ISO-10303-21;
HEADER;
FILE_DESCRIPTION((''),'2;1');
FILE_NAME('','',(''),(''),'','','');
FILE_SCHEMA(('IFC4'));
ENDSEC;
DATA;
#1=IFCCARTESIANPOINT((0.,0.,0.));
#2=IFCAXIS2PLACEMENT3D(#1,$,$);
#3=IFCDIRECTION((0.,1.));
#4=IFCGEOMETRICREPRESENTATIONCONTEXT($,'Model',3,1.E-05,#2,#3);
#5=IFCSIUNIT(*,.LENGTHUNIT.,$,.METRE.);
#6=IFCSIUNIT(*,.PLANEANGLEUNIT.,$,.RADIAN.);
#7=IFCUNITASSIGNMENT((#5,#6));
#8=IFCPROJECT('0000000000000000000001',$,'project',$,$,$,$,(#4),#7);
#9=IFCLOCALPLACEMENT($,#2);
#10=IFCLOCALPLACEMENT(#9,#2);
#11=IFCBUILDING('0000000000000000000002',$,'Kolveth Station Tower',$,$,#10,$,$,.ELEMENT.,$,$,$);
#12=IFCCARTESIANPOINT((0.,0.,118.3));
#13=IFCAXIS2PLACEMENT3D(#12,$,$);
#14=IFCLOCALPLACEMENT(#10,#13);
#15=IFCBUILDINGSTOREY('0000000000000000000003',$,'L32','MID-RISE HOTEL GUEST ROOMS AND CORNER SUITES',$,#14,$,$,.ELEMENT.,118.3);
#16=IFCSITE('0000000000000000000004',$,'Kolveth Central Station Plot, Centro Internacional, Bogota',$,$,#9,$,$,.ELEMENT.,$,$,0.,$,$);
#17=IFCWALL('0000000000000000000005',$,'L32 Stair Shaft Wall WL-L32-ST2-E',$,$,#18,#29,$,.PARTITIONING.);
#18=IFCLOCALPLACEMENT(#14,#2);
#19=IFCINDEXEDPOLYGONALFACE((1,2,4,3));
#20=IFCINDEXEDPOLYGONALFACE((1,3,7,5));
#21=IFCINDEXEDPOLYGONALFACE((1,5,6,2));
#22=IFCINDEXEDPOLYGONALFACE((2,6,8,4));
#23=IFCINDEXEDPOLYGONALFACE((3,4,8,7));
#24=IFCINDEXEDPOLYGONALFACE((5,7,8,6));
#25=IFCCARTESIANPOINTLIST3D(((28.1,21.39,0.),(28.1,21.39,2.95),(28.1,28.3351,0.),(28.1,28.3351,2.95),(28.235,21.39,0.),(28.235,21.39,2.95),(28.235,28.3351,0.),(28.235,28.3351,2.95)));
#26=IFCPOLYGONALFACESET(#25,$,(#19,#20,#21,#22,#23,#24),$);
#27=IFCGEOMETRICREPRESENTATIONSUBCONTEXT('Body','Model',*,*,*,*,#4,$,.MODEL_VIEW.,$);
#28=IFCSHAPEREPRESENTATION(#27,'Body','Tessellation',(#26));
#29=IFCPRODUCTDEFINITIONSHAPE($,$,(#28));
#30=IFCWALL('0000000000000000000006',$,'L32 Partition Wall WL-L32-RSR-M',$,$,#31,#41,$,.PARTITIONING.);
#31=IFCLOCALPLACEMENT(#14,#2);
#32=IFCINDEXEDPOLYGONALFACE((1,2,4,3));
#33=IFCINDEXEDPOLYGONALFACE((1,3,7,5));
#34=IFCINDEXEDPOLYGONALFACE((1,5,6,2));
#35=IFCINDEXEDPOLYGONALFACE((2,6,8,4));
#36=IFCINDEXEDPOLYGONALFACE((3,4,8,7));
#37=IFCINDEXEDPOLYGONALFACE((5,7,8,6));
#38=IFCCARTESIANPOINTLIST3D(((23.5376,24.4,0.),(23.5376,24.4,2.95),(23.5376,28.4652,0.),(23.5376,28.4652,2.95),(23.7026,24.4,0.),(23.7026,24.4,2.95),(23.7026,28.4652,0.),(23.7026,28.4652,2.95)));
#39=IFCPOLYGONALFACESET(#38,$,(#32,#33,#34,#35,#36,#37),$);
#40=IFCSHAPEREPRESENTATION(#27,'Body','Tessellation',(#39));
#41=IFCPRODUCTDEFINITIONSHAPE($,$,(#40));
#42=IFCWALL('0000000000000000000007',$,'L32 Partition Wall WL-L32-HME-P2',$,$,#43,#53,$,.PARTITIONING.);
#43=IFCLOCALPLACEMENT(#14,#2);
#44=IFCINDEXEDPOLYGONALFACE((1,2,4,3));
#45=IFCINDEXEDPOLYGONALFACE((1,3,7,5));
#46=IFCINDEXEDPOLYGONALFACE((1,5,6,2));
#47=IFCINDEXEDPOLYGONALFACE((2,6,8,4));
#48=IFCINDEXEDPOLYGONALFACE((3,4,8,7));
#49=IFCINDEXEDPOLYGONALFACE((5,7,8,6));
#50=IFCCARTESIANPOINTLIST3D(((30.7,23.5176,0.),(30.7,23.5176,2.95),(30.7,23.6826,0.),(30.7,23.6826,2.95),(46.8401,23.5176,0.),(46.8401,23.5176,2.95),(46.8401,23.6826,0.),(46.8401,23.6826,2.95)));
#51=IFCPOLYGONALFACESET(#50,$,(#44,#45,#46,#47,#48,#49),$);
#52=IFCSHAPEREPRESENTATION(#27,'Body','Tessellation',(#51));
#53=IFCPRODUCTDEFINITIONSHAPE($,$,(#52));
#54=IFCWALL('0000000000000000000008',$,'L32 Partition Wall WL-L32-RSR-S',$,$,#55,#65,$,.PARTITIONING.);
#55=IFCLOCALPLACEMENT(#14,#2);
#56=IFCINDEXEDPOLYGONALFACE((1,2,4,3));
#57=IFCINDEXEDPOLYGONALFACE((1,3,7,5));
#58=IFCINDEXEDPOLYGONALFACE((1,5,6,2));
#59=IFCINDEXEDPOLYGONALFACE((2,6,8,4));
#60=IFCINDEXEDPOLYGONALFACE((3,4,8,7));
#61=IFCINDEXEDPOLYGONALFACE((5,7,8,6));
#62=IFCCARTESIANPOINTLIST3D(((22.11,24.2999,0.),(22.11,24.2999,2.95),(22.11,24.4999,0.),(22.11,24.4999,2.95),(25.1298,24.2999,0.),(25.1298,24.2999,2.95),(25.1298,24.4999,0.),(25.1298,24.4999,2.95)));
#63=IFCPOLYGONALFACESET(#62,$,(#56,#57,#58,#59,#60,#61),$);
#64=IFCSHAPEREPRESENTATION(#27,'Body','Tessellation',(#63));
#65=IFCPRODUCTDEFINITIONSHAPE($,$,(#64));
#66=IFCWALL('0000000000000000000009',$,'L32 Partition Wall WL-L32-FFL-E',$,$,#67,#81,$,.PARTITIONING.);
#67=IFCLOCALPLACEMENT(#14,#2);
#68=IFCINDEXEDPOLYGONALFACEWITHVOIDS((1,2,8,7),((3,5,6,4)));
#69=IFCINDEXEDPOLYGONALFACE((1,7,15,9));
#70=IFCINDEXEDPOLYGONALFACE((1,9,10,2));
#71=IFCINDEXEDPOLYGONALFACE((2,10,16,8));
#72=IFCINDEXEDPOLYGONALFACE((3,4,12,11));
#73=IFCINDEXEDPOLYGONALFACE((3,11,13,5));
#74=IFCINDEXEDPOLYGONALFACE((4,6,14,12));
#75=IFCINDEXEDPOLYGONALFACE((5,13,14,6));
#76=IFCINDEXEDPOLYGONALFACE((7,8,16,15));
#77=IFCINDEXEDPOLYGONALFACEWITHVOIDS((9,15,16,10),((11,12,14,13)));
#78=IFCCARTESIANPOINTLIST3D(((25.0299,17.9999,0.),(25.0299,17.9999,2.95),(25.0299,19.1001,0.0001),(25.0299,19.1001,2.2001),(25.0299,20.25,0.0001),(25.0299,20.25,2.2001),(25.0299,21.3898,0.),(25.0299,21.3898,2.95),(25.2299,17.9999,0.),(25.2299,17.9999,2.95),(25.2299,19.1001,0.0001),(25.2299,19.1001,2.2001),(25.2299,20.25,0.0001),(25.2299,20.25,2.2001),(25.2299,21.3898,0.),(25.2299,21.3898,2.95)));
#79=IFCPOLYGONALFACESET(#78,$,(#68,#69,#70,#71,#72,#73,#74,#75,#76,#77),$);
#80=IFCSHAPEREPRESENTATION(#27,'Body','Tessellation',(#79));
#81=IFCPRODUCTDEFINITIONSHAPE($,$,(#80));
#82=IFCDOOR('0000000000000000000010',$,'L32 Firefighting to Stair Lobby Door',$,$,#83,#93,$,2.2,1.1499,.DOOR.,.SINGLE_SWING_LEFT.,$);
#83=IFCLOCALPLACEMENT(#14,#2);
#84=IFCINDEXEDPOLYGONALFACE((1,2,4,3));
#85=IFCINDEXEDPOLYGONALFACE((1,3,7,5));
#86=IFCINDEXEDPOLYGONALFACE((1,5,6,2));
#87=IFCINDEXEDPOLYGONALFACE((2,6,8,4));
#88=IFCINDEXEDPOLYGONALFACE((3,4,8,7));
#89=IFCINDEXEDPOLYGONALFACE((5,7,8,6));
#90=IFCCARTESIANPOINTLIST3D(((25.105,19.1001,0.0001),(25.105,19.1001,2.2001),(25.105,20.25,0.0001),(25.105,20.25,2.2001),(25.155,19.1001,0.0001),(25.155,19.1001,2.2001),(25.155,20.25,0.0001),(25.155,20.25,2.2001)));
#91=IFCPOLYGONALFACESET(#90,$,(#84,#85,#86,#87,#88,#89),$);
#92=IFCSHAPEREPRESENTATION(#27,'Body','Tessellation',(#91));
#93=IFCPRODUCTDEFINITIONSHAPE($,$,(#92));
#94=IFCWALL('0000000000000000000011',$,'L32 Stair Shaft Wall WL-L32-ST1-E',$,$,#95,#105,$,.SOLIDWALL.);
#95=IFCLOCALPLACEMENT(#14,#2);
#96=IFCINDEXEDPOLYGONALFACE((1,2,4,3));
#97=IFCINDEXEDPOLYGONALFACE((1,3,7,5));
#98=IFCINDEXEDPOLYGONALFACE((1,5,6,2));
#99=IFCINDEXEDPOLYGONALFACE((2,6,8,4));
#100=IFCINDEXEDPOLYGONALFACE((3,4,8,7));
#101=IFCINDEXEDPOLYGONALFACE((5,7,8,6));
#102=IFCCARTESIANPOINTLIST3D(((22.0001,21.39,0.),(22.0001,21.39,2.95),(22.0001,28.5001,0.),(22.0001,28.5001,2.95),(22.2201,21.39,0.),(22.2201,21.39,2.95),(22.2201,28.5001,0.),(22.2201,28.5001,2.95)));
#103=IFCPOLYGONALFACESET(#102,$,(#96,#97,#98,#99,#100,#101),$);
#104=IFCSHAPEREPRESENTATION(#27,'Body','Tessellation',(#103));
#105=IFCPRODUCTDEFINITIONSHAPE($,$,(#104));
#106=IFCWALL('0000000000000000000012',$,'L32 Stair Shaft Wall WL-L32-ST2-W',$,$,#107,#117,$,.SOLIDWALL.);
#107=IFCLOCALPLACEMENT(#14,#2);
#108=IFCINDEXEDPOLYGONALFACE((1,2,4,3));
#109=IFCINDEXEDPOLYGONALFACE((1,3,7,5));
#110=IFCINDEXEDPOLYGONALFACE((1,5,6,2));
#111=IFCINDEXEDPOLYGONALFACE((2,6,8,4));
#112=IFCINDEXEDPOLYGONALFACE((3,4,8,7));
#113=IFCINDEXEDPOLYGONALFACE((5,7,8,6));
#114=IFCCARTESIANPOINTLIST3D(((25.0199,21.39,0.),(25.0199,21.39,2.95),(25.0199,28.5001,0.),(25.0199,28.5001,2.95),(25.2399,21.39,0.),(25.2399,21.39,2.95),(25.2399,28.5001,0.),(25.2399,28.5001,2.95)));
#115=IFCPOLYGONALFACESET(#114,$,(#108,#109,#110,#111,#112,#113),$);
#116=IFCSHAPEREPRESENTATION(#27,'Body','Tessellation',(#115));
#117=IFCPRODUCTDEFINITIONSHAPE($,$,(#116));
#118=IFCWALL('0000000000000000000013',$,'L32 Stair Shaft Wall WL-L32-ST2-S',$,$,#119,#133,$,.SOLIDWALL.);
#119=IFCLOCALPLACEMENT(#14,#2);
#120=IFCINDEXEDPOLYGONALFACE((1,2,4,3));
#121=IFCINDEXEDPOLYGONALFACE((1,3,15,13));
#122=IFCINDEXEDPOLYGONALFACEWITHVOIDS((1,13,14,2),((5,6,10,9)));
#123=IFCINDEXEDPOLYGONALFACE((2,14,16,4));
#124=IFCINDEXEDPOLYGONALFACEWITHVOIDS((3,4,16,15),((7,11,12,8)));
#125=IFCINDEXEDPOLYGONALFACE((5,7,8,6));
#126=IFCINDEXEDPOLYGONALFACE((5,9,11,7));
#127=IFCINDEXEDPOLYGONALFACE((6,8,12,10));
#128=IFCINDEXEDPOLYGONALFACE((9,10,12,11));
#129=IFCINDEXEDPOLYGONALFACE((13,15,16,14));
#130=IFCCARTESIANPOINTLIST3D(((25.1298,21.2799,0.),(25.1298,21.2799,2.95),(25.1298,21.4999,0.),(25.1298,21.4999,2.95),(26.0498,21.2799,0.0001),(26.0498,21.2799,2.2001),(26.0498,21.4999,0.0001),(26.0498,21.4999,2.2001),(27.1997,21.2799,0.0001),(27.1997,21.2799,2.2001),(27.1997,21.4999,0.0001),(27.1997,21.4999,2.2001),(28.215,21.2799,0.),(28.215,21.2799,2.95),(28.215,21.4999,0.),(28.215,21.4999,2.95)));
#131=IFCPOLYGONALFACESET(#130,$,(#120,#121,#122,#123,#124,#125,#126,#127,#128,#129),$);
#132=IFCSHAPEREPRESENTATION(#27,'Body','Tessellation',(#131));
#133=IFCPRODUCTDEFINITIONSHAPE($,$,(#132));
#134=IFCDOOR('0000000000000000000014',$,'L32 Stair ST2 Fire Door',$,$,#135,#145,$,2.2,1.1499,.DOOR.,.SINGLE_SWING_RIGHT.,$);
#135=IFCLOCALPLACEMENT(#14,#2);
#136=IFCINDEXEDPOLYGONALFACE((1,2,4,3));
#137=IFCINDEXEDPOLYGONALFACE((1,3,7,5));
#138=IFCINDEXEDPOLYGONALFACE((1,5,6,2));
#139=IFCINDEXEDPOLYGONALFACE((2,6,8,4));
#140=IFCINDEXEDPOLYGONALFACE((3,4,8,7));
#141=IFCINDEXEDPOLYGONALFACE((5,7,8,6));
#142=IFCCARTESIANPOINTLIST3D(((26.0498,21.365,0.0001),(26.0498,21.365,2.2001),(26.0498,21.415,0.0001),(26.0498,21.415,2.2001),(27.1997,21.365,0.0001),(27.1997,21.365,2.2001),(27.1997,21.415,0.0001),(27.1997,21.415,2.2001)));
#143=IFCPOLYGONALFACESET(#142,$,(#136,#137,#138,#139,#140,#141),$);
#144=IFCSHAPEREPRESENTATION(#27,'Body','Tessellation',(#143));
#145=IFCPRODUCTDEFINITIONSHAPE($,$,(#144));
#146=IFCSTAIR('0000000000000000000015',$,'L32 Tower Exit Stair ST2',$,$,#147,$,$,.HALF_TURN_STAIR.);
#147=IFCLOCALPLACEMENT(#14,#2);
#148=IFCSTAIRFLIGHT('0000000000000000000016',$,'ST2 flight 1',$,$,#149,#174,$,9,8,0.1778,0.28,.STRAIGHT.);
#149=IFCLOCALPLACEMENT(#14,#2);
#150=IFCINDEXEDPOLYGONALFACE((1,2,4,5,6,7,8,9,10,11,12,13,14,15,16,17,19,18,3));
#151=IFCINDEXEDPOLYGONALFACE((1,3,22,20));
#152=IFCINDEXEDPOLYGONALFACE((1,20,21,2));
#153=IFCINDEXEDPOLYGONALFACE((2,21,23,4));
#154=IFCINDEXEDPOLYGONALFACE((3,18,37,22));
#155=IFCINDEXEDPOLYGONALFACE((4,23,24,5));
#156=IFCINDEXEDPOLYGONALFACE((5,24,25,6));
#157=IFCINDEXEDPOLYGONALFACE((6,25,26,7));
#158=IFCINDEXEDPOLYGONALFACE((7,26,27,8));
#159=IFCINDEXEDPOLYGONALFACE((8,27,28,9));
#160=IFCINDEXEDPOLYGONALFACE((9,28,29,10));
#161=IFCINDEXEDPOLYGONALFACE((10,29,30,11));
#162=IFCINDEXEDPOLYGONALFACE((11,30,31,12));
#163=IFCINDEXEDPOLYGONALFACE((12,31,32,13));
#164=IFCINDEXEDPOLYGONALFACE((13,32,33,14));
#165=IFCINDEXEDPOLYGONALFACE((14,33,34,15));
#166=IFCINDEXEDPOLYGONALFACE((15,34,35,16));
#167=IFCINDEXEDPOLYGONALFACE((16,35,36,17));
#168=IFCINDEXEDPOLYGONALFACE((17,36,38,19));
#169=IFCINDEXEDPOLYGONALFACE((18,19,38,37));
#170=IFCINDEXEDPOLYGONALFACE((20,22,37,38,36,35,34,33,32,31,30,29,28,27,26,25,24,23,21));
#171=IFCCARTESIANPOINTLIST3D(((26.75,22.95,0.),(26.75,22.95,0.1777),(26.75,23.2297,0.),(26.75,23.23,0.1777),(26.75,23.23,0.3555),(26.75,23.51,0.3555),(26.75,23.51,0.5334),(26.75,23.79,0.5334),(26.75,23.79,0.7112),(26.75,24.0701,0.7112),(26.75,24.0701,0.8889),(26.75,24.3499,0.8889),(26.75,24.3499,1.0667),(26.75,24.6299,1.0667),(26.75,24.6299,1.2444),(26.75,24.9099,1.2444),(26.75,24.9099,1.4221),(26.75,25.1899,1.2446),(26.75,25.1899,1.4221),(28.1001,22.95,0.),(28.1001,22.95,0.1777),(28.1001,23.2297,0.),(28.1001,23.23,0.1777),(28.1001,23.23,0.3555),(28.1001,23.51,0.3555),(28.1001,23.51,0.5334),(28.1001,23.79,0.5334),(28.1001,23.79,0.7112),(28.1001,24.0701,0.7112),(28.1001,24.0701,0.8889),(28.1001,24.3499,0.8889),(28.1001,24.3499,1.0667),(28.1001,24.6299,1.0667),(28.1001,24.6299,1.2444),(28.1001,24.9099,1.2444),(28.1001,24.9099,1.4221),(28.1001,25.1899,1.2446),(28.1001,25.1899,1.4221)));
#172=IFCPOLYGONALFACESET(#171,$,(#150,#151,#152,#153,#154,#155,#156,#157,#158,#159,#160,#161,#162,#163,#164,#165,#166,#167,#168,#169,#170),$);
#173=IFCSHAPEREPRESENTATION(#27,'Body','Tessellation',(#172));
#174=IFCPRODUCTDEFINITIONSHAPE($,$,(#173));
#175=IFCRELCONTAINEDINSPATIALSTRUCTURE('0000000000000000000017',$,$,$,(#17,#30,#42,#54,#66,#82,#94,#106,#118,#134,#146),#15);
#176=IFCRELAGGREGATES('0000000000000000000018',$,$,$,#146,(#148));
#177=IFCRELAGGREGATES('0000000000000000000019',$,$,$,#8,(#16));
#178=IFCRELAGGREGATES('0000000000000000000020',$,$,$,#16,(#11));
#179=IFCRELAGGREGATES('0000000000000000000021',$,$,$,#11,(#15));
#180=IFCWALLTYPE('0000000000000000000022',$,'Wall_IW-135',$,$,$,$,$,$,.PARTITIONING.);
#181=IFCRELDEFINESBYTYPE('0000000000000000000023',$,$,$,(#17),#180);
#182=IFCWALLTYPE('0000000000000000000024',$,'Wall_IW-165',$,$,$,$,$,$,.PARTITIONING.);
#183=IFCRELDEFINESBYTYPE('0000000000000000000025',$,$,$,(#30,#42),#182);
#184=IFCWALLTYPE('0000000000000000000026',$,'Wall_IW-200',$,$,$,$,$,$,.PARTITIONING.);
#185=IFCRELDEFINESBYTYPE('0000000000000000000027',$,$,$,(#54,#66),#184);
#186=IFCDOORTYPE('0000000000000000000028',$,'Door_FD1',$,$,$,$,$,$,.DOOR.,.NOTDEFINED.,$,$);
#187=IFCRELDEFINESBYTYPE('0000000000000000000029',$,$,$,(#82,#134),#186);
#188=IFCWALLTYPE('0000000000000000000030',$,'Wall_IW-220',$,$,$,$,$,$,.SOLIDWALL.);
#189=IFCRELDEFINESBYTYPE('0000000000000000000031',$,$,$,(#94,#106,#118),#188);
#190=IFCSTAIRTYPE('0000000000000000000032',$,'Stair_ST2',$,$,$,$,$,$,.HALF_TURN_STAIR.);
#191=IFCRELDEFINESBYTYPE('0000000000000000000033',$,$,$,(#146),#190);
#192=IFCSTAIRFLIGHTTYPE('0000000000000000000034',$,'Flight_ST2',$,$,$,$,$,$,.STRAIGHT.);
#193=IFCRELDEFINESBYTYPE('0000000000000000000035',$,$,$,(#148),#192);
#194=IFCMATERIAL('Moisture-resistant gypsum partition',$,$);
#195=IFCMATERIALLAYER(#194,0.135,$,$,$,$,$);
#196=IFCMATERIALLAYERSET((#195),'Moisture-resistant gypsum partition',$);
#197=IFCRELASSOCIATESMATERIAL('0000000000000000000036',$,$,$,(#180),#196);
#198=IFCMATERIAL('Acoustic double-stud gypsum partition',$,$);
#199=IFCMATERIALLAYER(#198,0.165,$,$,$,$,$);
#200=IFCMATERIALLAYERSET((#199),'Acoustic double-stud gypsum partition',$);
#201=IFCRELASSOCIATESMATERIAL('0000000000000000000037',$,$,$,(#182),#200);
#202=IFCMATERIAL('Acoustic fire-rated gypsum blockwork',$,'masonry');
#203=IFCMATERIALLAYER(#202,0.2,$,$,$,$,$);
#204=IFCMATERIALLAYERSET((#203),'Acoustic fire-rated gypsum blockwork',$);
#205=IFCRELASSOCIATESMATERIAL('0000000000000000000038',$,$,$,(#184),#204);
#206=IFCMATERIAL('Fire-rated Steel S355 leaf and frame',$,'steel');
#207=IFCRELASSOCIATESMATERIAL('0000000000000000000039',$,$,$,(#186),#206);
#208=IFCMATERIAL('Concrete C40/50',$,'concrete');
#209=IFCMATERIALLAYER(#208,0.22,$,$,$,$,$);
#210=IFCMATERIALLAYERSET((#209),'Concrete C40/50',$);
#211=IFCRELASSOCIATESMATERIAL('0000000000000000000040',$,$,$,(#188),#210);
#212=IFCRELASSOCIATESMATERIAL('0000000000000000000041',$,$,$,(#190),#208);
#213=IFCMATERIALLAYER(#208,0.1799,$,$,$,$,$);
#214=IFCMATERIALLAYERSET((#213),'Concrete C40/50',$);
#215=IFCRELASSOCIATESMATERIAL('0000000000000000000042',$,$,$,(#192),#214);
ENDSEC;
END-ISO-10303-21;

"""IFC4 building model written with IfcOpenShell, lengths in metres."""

from ifc_helpers import new_model, si_unit, direction, frame, frame_2d, origin, place, context, subcontext, project, spatial, polyline, rectangle, outline, extrude, material, layer, layer_set, type_object, element, fill, aggregate, save


model = new_model("IFC4")

# Units and contexts
model_context = context("Model", 3, precision=1e-05, world=origin(), true_north=direction((0.0, 1.0)))
body_context = subcontext(model_context, "Body", "Model", "MODEL_VIEW")
ifc_project = project(units=[si_unit("LENGTHUNIT", "METRE"), si_unit("PLANEANGLEUNIT", "RADIAN")], contexts=[model_context])

# Site, building, storey
site_placement = place(None, origin())
site = spatial("IfcSite", under=ifc_project, at=site_placement, Name="Kolveth Central Station Plot, Centro Internacional, Bogota", CompositionType="ELEMENT", RefElevation=0.0)
building_placement = place(site_placement, origin())
building = spatial("IfcBuilding", under=site, at=building_placement, Name="Kolveth Station Tower", CompositionType="ELEMENT")
storey_placement = place(building_placement, frame((0.0, 0.0, 118.3)))
storey = spatial("IfcBuildingStorey", under=building, at=storey_placement, Name="L32", Description="MID-RISE HOTEL GUEST ROOMS AND CORNER SUITES", CompositionType="ELEMENT", Elevation=118.3)

# Walls
ifc_material_1 = material(Name="Moisture-resistant gypsum partition")
ifc_layer_1 = layer(ifc_material_1, 0.135)
ifc_layer_set_1 = layer_set([ifc_layer_1], Name="Moisture-resistant gypsum partition")
wall_type_1 = type_object("IfcWallType", Name="Wall_IW-135", PredefinedType="PARTITIONING", material=ifc_layer_set_1)
wall_1_placement = place(storey_placement, frame((28.1675, 21.3899, 0.0), z_axis=(0.0, 0.0, 1.0), x_axis=(0.0, 1.0, 0.0)))
element("IfcWall", 1, at=wall_1_placement, inside=storey, type_object=wall_type_1, Name="L32 Stair Shaft Wall WL-L32-ST2-E", PredefinedType="PARTITIONING", context=body_context, shape_type="SweptSolid", body=[
    extrude(rectangle(XDim=6.9451, YDim=0.135, at=frame_2d((3.4727, 0.0))), origin(), (0.0, 0.0, 1.0), 2.95),
])
ifc_material_2 = material(Name="Acoustic double-stud gypsum partition")
ifc_layer_2 = layer(ifc_material_2, 0.165)
ifc_layer_set_2 = layer_set([ifc_layer_2], Name="Acoustic double-stud gypsum partition")
wall_type_2 = type_object("IfcWallType", Name="Wall_IW-165", PredefinedType="PARTITIONING", material=ifc_layer_set_2)
wall_2_placement = place(storey_placement, frame((23.6201, 24.3999, 0.0), z_axis=(0.0, 0.0, 1.0), x_axis=(0.0, 1.0, 0.0)))
element("IfcWall", 2, at=wall_2_placement, inside=storey, type_object=wall_type_2, Name="L32 Partition Wall WL-L32-RSR-M", PredefinedType="PARTITIONING", context=body_context, shape_type="SweptSolid", body=[
    extrude(rectangle(XDim=4.0652, YDim=0.165, at=frame_2d((2.0327, 0.0))), origin(), (0.0, 0.0, 1.0), 2.95),
])
wall_3_placement = place(storey_placement, frame((30.7, 23.6001, 0.0), z_axis=(0.0, 0.0, 1.0), x_axis=(1.0, 0.0, 0.0)))
element("IfcWall", 3, at=wall_3_placement, inside=storey, type_object=wall_type_2, Name="L32 Partition Wall WL-L32-HME-P2", PredefinedType="PARTITIONING", context=body_context, shape_type="SweptSolid", body=[
    extrude(rectangle(XDim=16.1401, YDim=0.165, at=frame_2d((8.0701, 0.0))), origin(), (0.0, 0.0, 1.0), 2.95),
])
ifc_material_3 = material(Name="Acoustic fire-rated gypsum blockwork", Category="masonry")
ifc_layer_3 = layer(ifc_material_3, 0.2)
ifc_layer_set_3 = layer_set([ifc_layer_3], Name="Acoustic fire-rated gypsum blockwork")
wall_type_3 = type_object("IfcWallType", Name="Wall_IW-200", PredefinedType="PARTITIONING", material=ifc_layer_set_3)
wall_4_placement = place(storey_placement, frame((22.1101, 24.3999, 0.0), z_axis=(0.0, 0.0, 1.0), x_axis=(1.0, 0.0, 0.0)))
element("IfcWall", 4, at=wall_4_placement, inside=storey, type_object=wall_type_3, Name="L32 Partition Wall WL-L32-RSR-S", PredefinedType="PARTITIONING", context=body_context, shape_type="SweptSolid", body=[
    extrude(rectangle(XDim=3.0198, YDim=0.2, at=frame_2d((1.5098, 0.0))), origin(), (0.0, 0.0, 1.0), 2.95),
])

# Wall, opening, door
wall_5_placement = place(storey_placement, frame((25.1299, 18.0, 0.0), z_axis=(0.0, 0.0, 1.0), x_axis=(0.0, 1.0, 0.0)))
wall_5 = element("IfcWall", 5, at=wall_5_placement, inside=storey, type_object=wall_type_3, Name="L32 Partition Wall WL-L32-FFL-E", PredefinedType="PARTITIONING", context=body_context, shape_type="SweptSolid", body=[
    extrude(rectangle(XDim=3.3899, YDim=0.2, at=frame_2d((1.6948, 0.0))), origin(), (0.0, 0.0, 1.0), 2.95),
])
opening_1_placement = place(wall_5_placement, frame((1.1001, 0.0, 0.0)))
opening_1 = element("IfcOpeningElement", 6, at=opening_1_placement, cuts=wall_5, PredefinedType="OPENING", context=body_context, shape_type="SweptSolid", body=[
    extrude(rectangle(XDim=1.1499, YDim=2.2, at=frame_2d((0.575, 1.1001))), frame((0.0, 0.1099, 0.0), z_axis=(0.0, -1.0, 0.0), x_axis=(1.0, 0.0, 0.0)), (0.0, 0.0, 1.0), 0.22),
])
ifc_material_4 = material(Name="Fire-rated Steel S355 leaf and frame", Category="steel")
door_type = type_object("IfcDoorType", Name="Door_FD1", OperationType="NOTDEFINED", PredefinedType="DOOR", material=ifc_material_4)
door_1_placement = place(opening_1_placement, origin())
door_1 = element("IfcDoor", 7, at=door_1_placement, inside=storey, type_object=door_type, Name="L32 Firefighting to Stair Lobby Door", OperationType="SINGLE_SWING_LEFT", OverallHeight=2.2, OverallWidth=1.1499, PredefinedType="DOOR", context=body_context, shape_type="SweptSolid", body=[
    extrude(rectangle(XDim=1.1499, YDim=2.2, at=frame_2d((0.575, 1.1001))), frame((0.0, 0.0249, 0.0), z_axis=(0.0, -1.0, 0.0), x_axis=(1.0, 0.0, 0.0)), (0.0, 0.0, 1.0), 0.05),
])
fill(opening_1, door_1)

# Walls
ifc_material_5 = material(Name="Concrete C40/50", Category="concrete")
ifc_layer_4 = layer(ifc_material_5, 0.22)
ifc_layer_set_4 = layer_set([ifc_layer_4], Name="Concrete C40/50")
wall_type_4 = type_object("IfcWallType", Name="Wall_IW-220", PredefinedType="SOLIDWALL", material=ifc_layer_set_4)
for number, where, z_axis, x_axis, name in (
    (8, (22.1101, 21.3899, 0.0), (0.0, 0.0, 1.0), (0.0, 1.0, 0.0), "L32 Stair Shaft Wall WL-L32-ST1-E"),
    (9, (25.1299, 21.3899, 0.0), (0.0, 0.0, 1.0), (0.0, 1.0, 0.0), "L32 Stair Shaft Wall WL-L32-ST2-W"),
):
    element("IfcWall", number, at=place(storey_placement, frame(where, z_axis=z_axis, x_axis=x_axis)), inside=storey, type_object=wall_type_4, Name=name, PredefinedType="SOLIDWALL", context=body_context, shape_type="SweptSolid", body=[
        extrude(rectangle(XDim=7.1101, YDim=0.22, at=frame_2d((3.5552, 0.0))), origin(), (0.0, 0.0, 1.0), 2.95),
    ])

# Wall, opening, door
wall_6_placement = place(storey_placement, frame((25.1299, 21.3899, 0.0), z_axis=(0.0, 0.0, 1.0), x_axis=(1.0, 0.0, 0.0)))
wall_6 = element("IfcWall", 10, at=wall_6_placement, inside=storey, type_object=wall_type_4, Name="L32 Stair Shaft Wall WL-L32-ST2-S", PredefinedType="SOLIDWALL", context=body_context, shape_type="SweptSolid", body=[
    extrude(rectangle(XDim=3.0852, YDim=0.22, at=frame_2d((1.5425, 0.0))), origin(), (0.0, 0.0, 1.0), 2.95),
])
opening_2_placement = place(wall_6_placement, frame((0.9199, 0.0, 0.0)))
opening_2 = element("IfcOpeningElement", 11, at=opening_2_placement, cuts=wall_6, PredefinedType="OPENING", context=body_context, shape_type="SweptSolid", body=[
    extrude(rectangle(XDim=1.1499, YDim=2.2, at=frame_2d((0.575, 1.1001))), frame((0.0, 0.1199, 0.0), z_axis=(0.0, -1.0, 0.0), x_axis=(1.0, 0.0, 0.0)), (0.0, 0.0, 1.0), 0.24),
])
door_2_placement = place(opening_2_placement, frame((1.1499, 0.0, 0.0), z_axis=(0.0, 0.0, 1.0), x_axis=(-1.0, 0.0, 0.0)))
door_2 = element("IfcDoor", 12, at=door_2_placement, inside=storey, type_object=door_type, Name="L32 Stair ST2 Fire Door", OperationType="SINGLE_SWING_RIGHT", OverallHeight=2.2, OverallWidth=1.1499, PredefinedType="DOOR", context=body_context, shape_type="SweptSolid", body=[
    extrude(rectangle(XDim=1.1499, YDim=2.2, at=frame_2d((0.575, 1.1001))), frame((0.0, 0.0249, 0.0), z_axis=(0.0, -1.0, 0.0), x_axis=(1.0, 0.0, 0.0)), (0.0, 0.0, 1.0), 0.05),
])
fill(opening_2, door_2)

# Stair, stair flight
stair_type = type_object("IfcStairType", Name="Stair_ST2", PredefinedType="HALF_TURN_STAIR", material=ifc_material_5)
stair_placement = place(storey_placement, origin())
stair = element("IfcStair", 13, at=stair_placement, inside=storey, type_object=stair_type, Name="L32 Tower Exit Stair ST2", PredefinedType="HALF_TURN_STAIR")
ifc_layer_5 = layer(ifc_material_5, 0.1799)
ifc_layer_set_5 = layer_set([ifc_layer_5], Name="Concrete C40/50")
stair_flight_type = type_object("IfcStairFlightType", Name="Flight_ST2", PredefinedType="STRAIGHT", material=ifc_layer_set_5)
stair_flight_1_placement = place(storey_placement, frame((27.425, 22.95, 0.0), z_axis=(0.0, 0.0, 1.0), x_axis=(0.0, 1.0, 0.0)))
stair_flight_1 = element("IfcStairFlight", 14, at=stair_flight_1_placement, type_object=stair_flight_type, Name="ST2 flight 1", NumberOfRisers=9, NumberOfTreads=8, PredefinedType="STRAIGHT", RiserHeight=0.1778, TreadLength=0.28, context=body_context, shape_type="SweptSolid", body=[
    extrude(outline(polyline([(0.0, 0.0), (0.0, 0.1777), (0.28, 0.1777), (0.28, 0.3555), (0.5601, 0.3555), (0.5601, 0.5334), (0.8401, 0.5334), (0.8401, 0.7112), (1.1201, 0.7112), (1.1201, 0.8889), (1.3999, 0.8889), (1.3999, 1.0667), (1.6799, 1.0667), (1.6799, 1.2444), (1.96, 1.2444), (1.96, 1.4221), (2.24, 1.4221), (2.24, 1.6001), (2.24, 1.2446), (0.2798, 0.0), (0.0, 0.0)])), frame((0.0, 0.675, 0.0), z_axis=(0.0, -1.0, 0.0), x_axis=(1.0, 0.0, 0.0)), (0.0, 0.0, 1.0), 1.3501),
])
aggregate(stair, [stair_flight_1])

save(model, "model.ifc")
